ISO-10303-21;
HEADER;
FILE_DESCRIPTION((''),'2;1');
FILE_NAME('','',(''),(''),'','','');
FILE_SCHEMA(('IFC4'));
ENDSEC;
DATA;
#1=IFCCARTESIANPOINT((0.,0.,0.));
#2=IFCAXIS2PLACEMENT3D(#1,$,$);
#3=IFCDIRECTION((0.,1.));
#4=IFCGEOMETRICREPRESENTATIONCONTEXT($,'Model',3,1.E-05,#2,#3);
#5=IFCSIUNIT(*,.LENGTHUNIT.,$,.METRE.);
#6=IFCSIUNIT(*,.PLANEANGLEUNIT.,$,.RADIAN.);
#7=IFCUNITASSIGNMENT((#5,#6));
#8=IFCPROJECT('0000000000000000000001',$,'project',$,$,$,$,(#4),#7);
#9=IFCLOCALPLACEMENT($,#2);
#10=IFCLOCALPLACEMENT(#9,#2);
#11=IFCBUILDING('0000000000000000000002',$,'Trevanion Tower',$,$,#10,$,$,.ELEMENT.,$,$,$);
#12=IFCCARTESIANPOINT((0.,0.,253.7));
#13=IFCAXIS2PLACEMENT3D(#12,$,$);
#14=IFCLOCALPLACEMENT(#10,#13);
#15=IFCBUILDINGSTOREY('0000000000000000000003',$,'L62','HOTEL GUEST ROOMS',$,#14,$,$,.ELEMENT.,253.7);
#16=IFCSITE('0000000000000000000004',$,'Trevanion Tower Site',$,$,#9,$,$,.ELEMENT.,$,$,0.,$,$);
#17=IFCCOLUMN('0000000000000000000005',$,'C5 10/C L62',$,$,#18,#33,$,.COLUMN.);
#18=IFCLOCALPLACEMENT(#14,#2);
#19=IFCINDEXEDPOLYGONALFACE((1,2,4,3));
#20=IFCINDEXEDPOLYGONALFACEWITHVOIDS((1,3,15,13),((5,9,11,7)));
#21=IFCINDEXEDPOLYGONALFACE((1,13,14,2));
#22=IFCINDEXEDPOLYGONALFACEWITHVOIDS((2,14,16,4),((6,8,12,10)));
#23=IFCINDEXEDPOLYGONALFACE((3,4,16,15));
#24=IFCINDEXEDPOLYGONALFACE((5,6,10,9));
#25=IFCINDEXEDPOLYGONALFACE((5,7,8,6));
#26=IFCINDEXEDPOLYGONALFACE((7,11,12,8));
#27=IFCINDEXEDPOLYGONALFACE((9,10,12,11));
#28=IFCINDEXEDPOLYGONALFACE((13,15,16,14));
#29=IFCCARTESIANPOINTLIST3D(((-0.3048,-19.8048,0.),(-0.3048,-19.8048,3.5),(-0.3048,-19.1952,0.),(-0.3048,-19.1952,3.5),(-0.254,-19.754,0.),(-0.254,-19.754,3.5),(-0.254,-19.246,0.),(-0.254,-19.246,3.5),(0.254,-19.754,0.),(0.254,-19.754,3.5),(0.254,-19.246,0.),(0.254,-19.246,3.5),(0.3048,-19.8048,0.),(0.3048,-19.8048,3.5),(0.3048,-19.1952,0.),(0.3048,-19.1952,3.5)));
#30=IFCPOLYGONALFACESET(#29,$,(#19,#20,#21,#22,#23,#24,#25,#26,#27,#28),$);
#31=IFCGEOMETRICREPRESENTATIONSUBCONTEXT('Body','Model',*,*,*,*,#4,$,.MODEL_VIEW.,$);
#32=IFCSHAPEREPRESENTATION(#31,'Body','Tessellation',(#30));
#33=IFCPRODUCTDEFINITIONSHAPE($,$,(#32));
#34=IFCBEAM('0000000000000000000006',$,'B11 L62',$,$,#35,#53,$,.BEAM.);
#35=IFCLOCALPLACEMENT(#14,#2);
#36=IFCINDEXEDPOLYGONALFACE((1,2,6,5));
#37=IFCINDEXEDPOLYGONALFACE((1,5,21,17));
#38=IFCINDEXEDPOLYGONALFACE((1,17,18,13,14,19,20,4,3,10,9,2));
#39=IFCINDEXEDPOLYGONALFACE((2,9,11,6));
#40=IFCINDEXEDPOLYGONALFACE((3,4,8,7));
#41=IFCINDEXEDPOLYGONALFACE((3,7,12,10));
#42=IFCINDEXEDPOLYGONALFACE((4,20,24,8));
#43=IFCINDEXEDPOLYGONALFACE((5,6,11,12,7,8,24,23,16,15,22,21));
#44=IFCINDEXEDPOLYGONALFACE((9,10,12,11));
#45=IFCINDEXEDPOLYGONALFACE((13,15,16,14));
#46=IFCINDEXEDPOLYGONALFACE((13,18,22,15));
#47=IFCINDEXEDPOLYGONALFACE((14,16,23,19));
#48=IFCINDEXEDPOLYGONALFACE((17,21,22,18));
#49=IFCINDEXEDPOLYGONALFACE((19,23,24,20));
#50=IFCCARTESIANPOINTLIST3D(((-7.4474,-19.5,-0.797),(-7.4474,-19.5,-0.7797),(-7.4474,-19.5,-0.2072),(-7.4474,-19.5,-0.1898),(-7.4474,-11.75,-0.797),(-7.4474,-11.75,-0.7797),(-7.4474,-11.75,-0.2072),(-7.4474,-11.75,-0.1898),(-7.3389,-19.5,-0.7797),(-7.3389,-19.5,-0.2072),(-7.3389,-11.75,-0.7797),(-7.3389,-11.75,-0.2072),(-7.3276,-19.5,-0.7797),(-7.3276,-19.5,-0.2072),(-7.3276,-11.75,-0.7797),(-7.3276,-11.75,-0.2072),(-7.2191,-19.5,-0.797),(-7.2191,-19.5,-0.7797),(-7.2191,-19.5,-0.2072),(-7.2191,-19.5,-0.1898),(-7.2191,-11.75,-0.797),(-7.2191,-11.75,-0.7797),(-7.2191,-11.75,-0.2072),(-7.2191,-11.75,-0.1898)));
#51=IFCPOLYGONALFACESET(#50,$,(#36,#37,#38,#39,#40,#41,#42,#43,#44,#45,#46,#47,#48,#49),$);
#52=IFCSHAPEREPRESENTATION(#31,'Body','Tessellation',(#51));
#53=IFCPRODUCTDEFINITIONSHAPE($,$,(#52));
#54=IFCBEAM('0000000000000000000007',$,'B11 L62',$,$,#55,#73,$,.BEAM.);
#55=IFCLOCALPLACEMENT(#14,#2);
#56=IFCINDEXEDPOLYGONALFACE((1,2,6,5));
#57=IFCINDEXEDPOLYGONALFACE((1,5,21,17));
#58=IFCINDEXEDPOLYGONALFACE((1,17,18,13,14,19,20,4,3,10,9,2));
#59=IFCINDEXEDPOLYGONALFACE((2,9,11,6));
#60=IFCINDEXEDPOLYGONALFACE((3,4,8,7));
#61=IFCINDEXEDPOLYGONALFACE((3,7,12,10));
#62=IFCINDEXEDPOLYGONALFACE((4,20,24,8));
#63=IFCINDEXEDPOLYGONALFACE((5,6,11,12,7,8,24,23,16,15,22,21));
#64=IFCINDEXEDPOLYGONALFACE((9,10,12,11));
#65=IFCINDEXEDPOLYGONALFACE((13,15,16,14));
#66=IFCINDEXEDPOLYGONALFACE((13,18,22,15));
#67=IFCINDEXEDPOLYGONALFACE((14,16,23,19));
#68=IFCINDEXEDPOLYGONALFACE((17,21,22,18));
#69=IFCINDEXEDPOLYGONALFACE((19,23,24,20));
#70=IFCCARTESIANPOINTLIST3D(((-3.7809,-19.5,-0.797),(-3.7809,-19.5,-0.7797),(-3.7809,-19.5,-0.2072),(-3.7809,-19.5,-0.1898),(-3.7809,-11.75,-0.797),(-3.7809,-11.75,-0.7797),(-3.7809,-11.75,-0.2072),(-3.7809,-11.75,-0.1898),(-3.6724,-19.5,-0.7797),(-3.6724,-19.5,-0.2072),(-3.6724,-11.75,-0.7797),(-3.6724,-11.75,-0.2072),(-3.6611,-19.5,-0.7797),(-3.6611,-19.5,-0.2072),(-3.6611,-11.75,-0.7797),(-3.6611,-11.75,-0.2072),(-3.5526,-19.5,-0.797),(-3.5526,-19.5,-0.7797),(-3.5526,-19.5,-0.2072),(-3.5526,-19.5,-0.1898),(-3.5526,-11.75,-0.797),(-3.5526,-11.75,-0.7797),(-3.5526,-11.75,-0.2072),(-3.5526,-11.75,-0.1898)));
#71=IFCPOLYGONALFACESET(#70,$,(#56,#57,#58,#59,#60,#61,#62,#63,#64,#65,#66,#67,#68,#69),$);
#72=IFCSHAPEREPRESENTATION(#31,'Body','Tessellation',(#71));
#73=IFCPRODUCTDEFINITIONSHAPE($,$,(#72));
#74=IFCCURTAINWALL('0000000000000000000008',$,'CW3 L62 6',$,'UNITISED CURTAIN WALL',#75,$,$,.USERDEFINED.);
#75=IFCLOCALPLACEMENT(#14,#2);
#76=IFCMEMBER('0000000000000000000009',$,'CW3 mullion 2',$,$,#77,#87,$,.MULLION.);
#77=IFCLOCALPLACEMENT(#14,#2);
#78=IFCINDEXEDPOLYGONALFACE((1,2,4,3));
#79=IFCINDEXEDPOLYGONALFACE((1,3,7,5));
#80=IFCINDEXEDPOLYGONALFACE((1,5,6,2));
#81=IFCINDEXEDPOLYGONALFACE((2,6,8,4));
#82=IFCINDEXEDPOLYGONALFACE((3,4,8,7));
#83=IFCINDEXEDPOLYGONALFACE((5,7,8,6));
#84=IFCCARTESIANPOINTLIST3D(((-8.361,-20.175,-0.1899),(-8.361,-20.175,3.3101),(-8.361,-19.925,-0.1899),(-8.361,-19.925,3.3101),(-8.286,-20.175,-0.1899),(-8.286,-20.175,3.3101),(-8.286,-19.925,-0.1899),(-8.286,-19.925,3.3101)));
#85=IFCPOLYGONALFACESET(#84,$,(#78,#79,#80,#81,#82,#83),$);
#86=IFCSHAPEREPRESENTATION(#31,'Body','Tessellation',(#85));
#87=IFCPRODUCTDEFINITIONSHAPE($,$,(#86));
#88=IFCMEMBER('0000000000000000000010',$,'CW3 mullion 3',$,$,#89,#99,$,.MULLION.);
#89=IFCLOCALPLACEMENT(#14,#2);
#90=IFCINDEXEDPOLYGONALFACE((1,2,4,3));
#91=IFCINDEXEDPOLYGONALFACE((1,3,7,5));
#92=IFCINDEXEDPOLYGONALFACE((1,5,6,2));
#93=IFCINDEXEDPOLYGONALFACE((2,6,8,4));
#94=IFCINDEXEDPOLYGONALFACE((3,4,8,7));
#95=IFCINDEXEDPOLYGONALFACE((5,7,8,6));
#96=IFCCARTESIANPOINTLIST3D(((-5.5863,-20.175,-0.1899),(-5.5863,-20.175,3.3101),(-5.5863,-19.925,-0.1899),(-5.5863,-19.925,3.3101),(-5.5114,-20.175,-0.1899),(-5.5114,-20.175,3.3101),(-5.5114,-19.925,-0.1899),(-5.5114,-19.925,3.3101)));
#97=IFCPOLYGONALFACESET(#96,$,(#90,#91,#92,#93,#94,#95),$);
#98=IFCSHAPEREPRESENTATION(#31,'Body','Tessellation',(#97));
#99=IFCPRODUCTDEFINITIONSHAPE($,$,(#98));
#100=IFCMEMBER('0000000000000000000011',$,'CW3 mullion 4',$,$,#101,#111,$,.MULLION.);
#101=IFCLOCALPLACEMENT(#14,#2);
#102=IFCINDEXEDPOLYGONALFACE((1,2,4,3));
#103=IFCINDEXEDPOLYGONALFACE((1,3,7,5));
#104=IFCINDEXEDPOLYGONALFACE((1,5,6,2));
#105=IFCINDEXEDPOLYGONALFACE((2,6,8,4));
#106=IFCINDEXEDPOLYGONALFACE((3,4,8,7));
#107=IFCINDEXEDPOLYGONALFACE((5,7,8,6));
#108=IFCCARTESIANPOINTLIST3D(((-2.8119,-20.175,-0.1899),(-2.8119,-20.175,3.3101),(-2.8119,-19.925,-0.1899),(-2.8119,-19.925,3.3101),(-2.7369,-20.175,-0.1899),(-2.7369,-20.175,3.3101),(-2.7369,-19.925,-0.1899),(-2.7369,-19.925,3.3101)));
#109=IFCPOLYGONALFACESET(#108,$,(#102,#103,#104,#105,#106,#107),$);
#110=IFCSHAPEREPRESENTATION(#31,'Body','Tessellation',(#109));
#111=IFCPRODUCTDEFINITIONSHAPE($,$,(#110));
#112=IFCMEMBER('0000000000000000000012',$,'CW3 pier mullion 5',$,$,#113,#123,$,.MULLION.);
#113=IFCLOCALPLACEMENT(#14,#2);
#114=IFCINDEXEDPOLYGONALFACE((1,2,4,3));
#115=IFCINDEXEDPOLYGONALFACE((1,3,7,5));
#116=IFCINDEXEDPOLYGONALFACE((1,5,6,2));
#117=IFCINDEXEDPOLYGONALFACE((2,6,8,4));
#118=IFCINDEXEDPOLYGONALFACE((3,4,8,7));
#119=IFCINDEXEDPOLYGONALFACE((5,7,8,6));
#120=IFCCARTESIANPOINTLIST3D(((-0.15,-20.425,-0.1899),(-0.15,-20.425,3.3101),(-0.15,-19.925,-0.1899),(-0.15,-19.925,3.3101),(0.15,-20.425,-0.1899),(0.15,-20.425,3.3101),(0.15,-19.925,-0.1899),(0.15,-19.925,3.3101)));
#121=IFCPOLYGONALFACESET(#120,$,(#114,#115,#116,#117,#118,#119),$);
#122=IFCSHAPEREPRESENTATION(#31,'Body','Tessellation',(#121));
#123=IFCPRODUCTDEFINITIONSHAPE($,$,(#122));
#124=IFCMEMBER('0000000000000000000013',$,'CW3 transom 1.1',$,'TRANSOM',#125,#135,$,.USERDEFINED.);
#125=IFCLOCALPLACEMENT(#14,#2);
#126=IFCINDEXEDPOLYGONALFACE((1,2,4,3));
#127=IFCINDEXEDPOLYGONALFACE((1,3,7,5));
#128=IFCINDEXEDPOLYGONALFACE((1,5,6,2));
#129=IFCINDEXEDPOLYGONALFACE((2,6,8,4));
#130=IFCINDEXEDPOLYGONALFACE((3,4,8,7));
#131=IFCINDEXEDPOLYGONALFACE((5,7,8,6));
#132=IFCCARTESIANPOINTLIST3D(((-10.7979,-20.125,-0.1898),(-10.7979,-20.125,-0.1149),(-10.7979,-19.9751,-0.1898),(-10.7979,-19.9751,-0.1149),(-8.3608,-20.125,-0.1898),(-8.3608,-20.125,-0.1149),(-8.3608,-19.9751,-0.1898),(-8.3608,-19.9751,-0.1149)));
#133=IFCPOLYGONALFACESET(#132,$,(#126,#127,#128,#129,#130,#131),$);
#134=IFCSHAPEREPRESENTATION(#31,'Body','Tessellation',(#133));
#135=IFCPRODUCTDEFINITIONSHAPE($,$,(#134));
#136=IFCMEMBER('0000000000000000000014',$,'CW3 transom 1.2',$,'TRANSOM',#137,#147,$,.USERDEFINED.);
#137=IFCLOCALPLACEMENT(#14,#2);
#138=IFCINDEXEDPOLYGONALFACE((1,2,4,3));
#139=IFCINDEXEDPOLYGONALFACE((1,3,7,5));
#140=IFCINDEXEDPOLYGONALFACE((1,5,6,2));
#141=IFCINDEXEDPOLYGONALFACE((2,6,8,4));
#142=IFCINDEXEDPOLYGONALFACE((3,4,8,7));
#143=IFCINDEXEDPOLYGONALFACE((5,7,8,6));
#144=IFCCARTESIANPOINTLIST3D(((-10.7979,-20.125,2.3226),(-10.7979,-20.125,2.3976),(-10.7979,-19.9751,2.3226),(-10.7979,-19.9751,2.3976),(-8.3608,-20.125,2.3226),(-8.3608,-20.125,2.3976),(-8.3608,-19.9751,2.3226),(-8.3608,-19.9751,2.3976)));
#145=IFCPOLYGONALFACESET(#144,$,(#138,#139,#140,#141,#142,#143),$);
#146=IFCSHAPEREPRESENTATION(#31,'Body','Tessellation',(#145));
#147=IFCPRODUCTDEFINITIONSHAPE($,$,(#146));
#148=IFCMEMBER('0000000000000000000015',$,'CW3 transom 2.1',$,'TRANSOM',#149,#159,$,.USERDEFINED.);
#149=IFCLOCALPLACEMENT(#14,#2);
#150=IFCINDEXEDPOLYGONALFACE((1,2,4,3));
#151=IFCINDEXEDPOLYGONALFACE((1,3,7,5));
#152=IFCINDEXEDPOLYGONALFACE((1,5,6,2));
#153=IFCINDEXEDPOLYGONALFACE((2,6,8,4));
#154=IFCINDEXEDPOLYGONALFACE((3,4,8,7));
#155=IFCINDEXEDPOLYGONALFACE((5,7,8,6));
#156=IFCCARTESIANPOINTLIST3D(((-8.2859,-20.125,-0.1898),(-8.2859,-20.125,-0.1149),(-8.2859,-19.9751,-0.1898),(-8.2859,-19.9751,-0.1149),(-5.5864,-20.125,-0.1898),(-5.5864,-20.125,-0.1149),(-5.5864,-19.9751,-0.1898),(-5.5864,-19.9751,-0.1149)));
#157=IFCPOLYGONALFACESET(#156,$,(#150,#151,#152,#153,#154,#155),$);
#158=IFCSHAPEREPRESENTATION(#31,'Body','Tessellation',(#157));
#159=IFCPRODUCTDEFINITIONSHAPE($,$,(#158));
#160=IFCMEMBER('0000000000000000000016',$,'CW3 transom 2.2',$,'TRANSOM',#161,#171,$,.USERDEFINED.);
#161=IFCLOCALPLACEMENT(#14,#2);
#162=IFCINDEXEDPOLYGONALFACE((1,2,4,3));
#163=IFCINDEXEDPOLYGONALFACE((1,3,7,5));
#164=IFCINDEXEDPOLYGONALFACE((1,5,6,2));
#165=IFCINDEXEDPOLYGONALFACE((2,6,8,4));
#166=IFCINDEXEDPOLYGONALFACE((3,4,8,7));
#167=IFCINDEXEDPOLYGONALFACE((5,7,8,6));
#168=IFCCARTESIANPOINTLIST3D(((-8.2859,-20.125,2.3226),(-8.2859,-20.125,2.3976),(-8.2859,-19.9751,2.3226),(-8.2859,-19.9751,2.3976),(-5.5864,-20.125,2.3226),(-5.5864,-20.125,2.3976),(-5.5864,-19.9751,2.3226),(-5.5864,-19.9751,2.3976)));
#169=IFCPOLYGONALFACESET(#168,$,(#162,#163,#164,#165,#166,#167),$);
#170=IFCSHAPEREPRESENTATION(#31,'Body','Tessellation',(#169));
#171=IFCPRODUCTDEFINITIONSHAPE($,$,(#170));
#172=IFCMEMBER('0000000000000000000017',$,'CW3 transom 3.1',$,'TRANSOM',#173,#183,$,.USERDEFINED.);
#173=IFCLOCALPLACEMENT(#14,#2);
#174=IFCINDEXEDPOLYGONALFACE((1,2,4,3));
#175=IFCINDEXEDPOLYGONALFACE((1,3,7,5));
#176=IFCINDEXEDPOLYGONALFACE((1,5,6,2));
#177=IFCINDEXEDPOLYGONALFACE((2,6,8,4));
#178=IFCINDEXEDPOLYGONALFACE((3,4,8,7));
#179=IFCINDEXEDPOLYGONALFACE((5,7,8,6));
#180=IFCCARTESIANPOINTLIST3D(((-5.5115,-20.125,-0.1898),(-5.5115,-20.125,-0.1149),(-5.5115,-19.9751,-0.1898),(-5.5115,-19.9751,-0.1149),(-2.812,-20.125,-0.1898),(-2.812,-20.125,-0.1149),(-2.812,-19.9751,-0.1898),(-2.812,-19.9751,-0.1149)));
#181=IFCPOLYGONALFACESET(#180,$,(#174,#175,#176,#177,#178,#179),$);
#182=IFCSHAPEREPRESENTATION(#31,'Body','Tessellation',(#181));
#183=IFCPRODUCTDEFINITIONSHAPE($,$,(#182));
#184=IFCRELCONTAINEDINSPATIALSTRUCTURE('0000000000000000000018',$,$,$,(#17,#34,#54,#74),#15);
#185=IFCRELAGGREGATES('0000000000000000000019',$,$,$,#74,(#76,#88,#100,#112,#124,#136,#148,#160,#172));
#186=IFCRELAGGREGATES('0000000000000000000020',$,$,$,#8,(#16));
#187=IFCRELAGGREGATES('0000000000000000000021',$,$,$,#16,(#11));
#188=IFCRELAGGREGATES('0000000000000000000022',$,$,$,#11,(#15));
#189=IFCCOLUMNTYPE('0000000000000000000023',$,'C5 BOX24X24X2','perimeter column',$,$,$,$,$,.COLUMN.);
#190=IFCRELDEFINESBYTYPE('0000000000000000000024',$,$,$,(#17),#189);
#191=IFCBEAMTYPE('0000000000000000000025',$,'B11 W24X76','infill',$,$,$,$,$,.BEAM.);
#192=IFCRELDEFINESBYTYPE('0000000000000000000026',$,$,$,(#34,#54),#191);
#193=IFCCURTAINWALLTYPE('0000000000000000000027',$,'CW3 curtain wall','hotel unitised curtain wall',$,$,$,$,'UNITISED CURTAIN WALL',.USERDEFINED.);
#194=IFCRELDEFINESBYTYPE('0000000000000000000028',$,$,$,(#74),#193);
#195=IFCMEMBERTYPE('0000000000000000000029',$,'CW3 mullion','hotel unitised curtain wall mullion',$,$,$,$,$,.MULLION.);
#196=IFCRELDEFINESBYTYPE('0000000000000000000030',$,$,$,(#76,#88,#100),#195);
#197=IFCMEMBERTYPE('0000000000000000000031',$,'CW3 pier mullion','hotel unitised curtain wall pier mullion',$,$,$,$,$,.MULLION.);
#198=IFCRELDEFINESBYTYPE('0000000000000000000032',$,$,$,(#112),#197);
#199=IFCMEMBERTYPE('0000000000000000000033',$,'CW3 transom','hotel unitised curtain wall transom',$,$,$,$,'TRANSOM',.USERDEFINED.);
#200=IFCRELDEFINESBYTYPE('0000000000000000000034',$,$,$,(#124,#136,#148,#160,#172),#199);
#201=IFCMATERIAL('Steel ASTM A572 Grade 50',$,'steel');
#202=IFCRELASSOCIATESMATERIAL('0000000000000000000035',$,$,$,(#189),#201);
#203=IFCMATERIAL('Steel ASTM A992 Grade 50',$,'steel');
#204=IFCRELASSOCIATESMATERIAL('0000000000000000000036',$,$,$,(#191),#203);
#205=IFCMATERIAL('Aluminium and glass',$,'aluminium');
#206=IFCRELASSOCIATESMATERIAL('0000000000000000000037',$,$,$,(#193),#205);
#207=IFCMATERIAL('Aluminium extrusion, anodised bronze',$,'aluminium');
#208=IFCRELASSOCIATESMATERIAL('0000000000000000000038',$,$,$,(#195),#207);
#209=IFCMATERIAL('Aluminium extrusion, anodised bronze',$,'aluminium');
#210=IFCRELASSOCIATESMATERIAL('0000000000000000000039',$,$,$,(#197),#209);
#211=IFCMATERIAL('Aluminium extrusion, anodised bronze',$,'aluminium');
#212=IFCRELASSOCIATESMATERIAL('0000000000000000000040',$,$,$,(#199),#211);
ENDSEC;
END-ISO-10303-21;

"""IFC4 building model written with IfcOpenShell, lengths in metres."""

from ifc_helpers import new_model, si_unit, direction, frame, origin, origin_2d, place, context, subcontext, project, spatial, rectangle, hollow_rectangle, i_section, extrude, material, material_profile, profile_set, type_object, element, aggregate, save


model = new_model("IFC4")

# Units and contexts
model_context = context("Model", 3, precision=1e-05, world=origin(), true_north=direction((0.0, 1.0)))
body_context = subcontext(model_context, "Body", "Model", "MODEL_VIEW")
ifc_project = project(units=[si_unit("LENGTHUNIT", "METRE"), si_unit("PLANEANGLEUNIT", "RADIAN")], contexts=[model_context])

# Site, building, storey
site_placement = place(None, origin())
site = spatial("IfcSite", under=ifc_project, at=site_placement, Name="Trevanion Tower Site", CompositionType="ELEMENT", RefElevation=0.0)
building_placement = place(site_placement, origin())
building = spatial("IfcBuilding", under=site, at=building_placement, Name="Trevanion Tower", CompositionType="ELEMENT")
storey_placement = place(building_placement, frame((0.0, 0.0, 253.7)))
storey = spatial("IfcBuildingStorey", under=building, at=storey_placement, Name="L62", Description="HOTEL GUEST ROOMS", CompositionType="ELEMENT", Elevation=253.7)

# Column
ifc_material_1 = material(Name="Steel ASTM A572 Grade 50", Category="steel")
ifc_material_profile_1 = material_profile(ifc_material_1, hollow_rectangle(XDim=0.6096, YDim=0.6096, WallThickness=0.0508, at=origin_2d()), Name="BOX24X24X2")
ifc_profile_set_1 = profile_set([ifc_material_profile_1], Name="Steel ASTM A572 Grade 50")
column_type = type_object("IfcColumnType", Name="C5 BOX24X24X2", Description="perimeter column", PredefinedType="COLUMN", material=ifc_profile_set_1)
column_placement = place(storey_placement, frame((0.0, -19.5, 0.0), z_axis=(0.0, 0.0, 1.0), x_axis=(1.0, 0.0, 0.0)))
element("IfcColumn", 1, at=column_placement, inside=storey, type_object=column_type, Name="C5 10/C L62", PredefinedType="COLUMN", context=body_context, shape_type="SweptSolid", body=[
    extrude(hollow_rectangle(XDim=0.6096, YDim=0.6096, WallThickness=0.0508, at=origin_2d()), origin(), (0.0, 0.0, 1.0), 3.5),
])

# Beams
ifc_material_2 = material(Name="Steel ASTM A992 Grade 50", Category="steel")
ifc_material_profile_2 = material_profile(ifc_material_2, i_section(OverallWidth=0.2283, OverallDepth=0.6072, WebThickness=0.0112, FlangeThickness=0.0173, at=origin_2d()), Name="W24X76")
ifc_profile_set_2 = profile_set([ifc_material_profile_2], Name="Steel ASTM A992 Grade 50")
beam_type_1 = type_object("IfcBeamType", Name="B11 W24X76", Description="infill", PredefinedType="BEAM", material=ifc_profile_set_2)
for number, where, z_axis, x_axis, name in (
    (2, (-7.3333, -11.75, -0.4934), (0.0, -1.0, 0.0), (1.0, 0.0, 0.0), "B11 L62"),
    (3, (-3.6667, -11.75, -0.4934), (0.0, -1.0, 0.0), (1.0, 0.0, 0.0), "B11 L62"),
):
    element("IfcBeam", number, at=place(storey_placement, frame(where, z_axis=z_axis, x_axis=x_axis)), inside=storey, type_object=beam_type_1, Name=name, PredefinedType="BEAM", context=body_context, shape_type="SweptSolid", body=[
        extrude(i_section(OverallWidth=0.2283, OverallDepth=0.6072, WebThickness=0.0112, FlangeThickness=0.0173, at=origin_2d()), origin(), (0.0, 0.0, 1.0), 7.75),
    ])

# Curtain wall, members
ifc_material_3 = material(Name="Aluminium and glass", Category="aluminium")
curtain_wall_type = type_object("IfcCurtainWallType", Name="CW3 curtain wall", Description="hotel unitised curtain wall", ElementType="UNITISED CURTAIN WALL", PredefinedType="USERDEFINED", material=ifc_material_3)
curtain_wall_placement = place(storey_placement, origin())
curtain_wall = element("IfcCurtainWall", 4, at=curtain_wall_placement, inside=storey, type_object=curtain_wall_type, Name="CW3 L62 6", ObjectType="UNITISED CURTAIN WALL", PredefinedType="USERDEFINED")
ifc_material_4 = material(Name="Aluminium extrusion, anodised bronze", Category="aluminium")
ifc_material_profile_3 = material_profile(ifc_material_4, rectangle(XDim=0.075, YDim=0.25, at=origin_2d()), Name="CW3 mullion")
ifc_profile_set_3 = profile_set([ifc_material_profile_3], Name="Aluminium extrusion, anodised bronze")
member_type_1 = type_object("IfcMemberType", Name="CW3 mullion", Description="hotel unitised curtain wall mullion", PredefinedType="MULLION", material=ifc_profile_set_3)
member_1_placement = place(storey_placement, frame((-8.3235, -20.05, -0.1899), z_axis=(0.0, 0.0, 1.0), x_axis=(1.0, 0.0, 0.0)))
member_1 = element("IfcMember", 5, at=member_1_placement, type_object=member_type_1, Name="CW3 mullion 2", PredefinedType="MULLION", context=body_context, shape_type="SweptSolid", body=[
    extrude(rectangle(XDim=0.075, YDim=0.25, at=origin_2d()), origin(), (0.0, 0.0, 1.0), 3.5),
])
member_2_placement = place(storey_placement, frame((-5.5488, -20.05, -0.1899), z_axis=(0.0, 0.0, 1.0), x_axis=(1.0, 0.0, 0.0)))
member_2 = element("IfcMember", 6, at=member_2_placement, type_object=member_type_1, Name="CW3 mullion 3", PredefinedType="MULLION", context=body_context, shape_type="SweptSolid", body=[
    extrude(rectangle(XDim=0.075, YDim=0.25, at=origin_2d()), origin(), (0.0, 0.0, 1.0), 3.5),
])
member_3_placement = place(storey_placement, frame((-2.7744, -20.05, -0.1899), z_axis=(0.0, 0.0, 1.0), x_axis=(1.0, 0.0, 0.0)))
member_3 = element("IfcMember", 7, at=member_3_placement, type_object=member_type_1, Name="CW3 mullion 4", PredefinedType="MULLION", context=body_context, shape_type="SweptSolid", body=[
    extrude(rectangle(XDim=0.075, YDim=0.25, at=origin_2d()), origin(), (0.0, 0.0, 1.0), 3.5),
])
ifc_material_5 = material(Name="Aluminium extrusion, anodised bronze", Category="aluminium")
ifc_material_profile_4 = material_profile(ifc_material_5, rectangle(XDim=0.3, YDim=0.5, at=origin_2d()), Name="CW3 pier mullion")
ifc_profile_set_4 = profile_set([ifc_material_profile_4], Name="Aluminium extrusion, anodised bronze")
member_type_2 = type_object("IfcMemberType", Name="CW3 pier mullion", Description="hotel unitised curtain wall pier mullion", PredefinedType="MULLION", material=ifc_profile_set_4)
member_4_placement = place(storey_placement, frame((0.0, -20.175, -0.1899), z_axis=(0.0, 0.0, 1.0), x_axis=(1.0, 0.0, 0.0)))
member_4 = element("IfcMember", 8, at=member_4_placement, type_object=member_type_2, Name="CW3 pier mullion 5", PredefinedType="MULLION", context=body_context, shape_type="SweptSolid", body=[
    extrude(rectangle(XDim=0.3, YDim=0.5, at=origin_2d()), origin(), (0.0, 0.0, 1.0), 3.5),
])
ifc_material_6 = material(Name="Aluminium extrusion, anodised bronze", Category="aluminium")
ifc_material_profile_5 = material_profile(ifc_material_6, rectangle(XDim=0.1499, YDim=0.075, at=origin_2d()), Name="CW3 transom")
ifc_profile_set_5 = profile_set([ifc_material_profile_5], Name="Aluminium extrusion, anodised bronze")
member_type_3 = type_object("IfcMemberType", Name="CW3 transom", Description="hotel unitised curtain wall transom", ElementType="TRANSOM", PredefinedType="USERDEFINED", material=ifc_profile_set_5)
member_5_placement = place(storey_placement, frame((-10.7979, -20.05, -0.1523), z_axis=(1.0, 0.0, 0.0), x_axis=(0.0, 1.0, 0.0)))
member_5 = element("IfcMember", 9, at=member_5_placement, type_object=member_type_3, Name="CW3 transom 1.1", ObjectType="TRANSOM", PredefinedType="USERDEFINED", context=body_context, shape_type="SweptSolid", body=[
    extrude(rectangle(XDim=0.1499, YDim=0.075, at=origin_2d()), origin(), (0.0, 0.0, 1.0), 2.437),
])
member_6_placement = place(storey_placement, frame((-10.7979, -20.05, 2.3601), z_axis=(1.0, 0.0, 0.0), x_axis=(0.0, 1.0, 0.0)))
member_6 = element("IfcMember", 10, at=member_6_placement, type_object=member_type_3, Name="CW3 transom 1.2", ObjectType="TRANSOM", PredefinedType="USERDEFINED", context=body_context, shape_type="SweptSolid", body=[
    extrude(rectangle(XDim=0.1499, YDim=0.075, at=origin_2d()), origin(), (0.0, 0.0, 1.0), 2.437),
])
member_7_placement = place(storey_placement, frame((-8.2859, -20.05, -0.1523), z_axis=(1.0, 0.0, 0.0), x_axis=(0.0, 1.0, 0.0)))
member_7 = element("IfcMember", 11, at=member_7_placement, type_object=member_type_3, Name="CW3 transom 2.1", ObjectType="TRANSOM", PredefinedType="USERDEFINED", context=body_context, shape_type="SweptSolid", body=[
    extrude(rectangle(XDim=0.1499, YDim=0.075, at=origin_2d()), origin(), (0.0, 0.0, 1.0), 2.6995),
])
member_8_placement = place(storey_placement, frame((-8.2859, -20.05, 2.3601), z_axis=(1.0, 0.0, 0.0), x_axis=(0.0, 1.0, 0.0)))
member_8 = element("IfcMember", 12, at=member_8_placement, type_object=member_type_3, Name="CW3 transom 2.2", ObjectType="TRANSOM", PredefinedType="USERDEFINED", context=body_context, shape_type="SweptSolid", body=[
    extrude(rectangle(XDim=0.1499, YDim=0.075, at=origin_2d()), origin(), (0.0, 0.0, 1.0), 2.6995),
])
member_9_placement = place(storey_placement, frame((-5.5115, -20.05, -0.1523), z_axis=(1.0, 0.0, 0.0), x_axis=(0.0, 1.0, 0.0)))
member_9 = element("IfcMember", 13, at=member_9_placement, type_object=member_type_3, Name="CW3 transom 3.1", ObjectType="TRANSOM", PredefinedType="USERDEFINED", context=body_context, shape_type="SweptSolid", body=[
    extrude(rectangle(XDim=0.1499, YDim=0.075, at=origin_2d()), origin(), (0.0, 0.0, 1.0), 2.6995),
])

aggregate(curtain_wall, [member_1, member_2, member_3, member_4, member_5, member_6, member_7, member_8, member_9])

save(model, "model.ifc")
